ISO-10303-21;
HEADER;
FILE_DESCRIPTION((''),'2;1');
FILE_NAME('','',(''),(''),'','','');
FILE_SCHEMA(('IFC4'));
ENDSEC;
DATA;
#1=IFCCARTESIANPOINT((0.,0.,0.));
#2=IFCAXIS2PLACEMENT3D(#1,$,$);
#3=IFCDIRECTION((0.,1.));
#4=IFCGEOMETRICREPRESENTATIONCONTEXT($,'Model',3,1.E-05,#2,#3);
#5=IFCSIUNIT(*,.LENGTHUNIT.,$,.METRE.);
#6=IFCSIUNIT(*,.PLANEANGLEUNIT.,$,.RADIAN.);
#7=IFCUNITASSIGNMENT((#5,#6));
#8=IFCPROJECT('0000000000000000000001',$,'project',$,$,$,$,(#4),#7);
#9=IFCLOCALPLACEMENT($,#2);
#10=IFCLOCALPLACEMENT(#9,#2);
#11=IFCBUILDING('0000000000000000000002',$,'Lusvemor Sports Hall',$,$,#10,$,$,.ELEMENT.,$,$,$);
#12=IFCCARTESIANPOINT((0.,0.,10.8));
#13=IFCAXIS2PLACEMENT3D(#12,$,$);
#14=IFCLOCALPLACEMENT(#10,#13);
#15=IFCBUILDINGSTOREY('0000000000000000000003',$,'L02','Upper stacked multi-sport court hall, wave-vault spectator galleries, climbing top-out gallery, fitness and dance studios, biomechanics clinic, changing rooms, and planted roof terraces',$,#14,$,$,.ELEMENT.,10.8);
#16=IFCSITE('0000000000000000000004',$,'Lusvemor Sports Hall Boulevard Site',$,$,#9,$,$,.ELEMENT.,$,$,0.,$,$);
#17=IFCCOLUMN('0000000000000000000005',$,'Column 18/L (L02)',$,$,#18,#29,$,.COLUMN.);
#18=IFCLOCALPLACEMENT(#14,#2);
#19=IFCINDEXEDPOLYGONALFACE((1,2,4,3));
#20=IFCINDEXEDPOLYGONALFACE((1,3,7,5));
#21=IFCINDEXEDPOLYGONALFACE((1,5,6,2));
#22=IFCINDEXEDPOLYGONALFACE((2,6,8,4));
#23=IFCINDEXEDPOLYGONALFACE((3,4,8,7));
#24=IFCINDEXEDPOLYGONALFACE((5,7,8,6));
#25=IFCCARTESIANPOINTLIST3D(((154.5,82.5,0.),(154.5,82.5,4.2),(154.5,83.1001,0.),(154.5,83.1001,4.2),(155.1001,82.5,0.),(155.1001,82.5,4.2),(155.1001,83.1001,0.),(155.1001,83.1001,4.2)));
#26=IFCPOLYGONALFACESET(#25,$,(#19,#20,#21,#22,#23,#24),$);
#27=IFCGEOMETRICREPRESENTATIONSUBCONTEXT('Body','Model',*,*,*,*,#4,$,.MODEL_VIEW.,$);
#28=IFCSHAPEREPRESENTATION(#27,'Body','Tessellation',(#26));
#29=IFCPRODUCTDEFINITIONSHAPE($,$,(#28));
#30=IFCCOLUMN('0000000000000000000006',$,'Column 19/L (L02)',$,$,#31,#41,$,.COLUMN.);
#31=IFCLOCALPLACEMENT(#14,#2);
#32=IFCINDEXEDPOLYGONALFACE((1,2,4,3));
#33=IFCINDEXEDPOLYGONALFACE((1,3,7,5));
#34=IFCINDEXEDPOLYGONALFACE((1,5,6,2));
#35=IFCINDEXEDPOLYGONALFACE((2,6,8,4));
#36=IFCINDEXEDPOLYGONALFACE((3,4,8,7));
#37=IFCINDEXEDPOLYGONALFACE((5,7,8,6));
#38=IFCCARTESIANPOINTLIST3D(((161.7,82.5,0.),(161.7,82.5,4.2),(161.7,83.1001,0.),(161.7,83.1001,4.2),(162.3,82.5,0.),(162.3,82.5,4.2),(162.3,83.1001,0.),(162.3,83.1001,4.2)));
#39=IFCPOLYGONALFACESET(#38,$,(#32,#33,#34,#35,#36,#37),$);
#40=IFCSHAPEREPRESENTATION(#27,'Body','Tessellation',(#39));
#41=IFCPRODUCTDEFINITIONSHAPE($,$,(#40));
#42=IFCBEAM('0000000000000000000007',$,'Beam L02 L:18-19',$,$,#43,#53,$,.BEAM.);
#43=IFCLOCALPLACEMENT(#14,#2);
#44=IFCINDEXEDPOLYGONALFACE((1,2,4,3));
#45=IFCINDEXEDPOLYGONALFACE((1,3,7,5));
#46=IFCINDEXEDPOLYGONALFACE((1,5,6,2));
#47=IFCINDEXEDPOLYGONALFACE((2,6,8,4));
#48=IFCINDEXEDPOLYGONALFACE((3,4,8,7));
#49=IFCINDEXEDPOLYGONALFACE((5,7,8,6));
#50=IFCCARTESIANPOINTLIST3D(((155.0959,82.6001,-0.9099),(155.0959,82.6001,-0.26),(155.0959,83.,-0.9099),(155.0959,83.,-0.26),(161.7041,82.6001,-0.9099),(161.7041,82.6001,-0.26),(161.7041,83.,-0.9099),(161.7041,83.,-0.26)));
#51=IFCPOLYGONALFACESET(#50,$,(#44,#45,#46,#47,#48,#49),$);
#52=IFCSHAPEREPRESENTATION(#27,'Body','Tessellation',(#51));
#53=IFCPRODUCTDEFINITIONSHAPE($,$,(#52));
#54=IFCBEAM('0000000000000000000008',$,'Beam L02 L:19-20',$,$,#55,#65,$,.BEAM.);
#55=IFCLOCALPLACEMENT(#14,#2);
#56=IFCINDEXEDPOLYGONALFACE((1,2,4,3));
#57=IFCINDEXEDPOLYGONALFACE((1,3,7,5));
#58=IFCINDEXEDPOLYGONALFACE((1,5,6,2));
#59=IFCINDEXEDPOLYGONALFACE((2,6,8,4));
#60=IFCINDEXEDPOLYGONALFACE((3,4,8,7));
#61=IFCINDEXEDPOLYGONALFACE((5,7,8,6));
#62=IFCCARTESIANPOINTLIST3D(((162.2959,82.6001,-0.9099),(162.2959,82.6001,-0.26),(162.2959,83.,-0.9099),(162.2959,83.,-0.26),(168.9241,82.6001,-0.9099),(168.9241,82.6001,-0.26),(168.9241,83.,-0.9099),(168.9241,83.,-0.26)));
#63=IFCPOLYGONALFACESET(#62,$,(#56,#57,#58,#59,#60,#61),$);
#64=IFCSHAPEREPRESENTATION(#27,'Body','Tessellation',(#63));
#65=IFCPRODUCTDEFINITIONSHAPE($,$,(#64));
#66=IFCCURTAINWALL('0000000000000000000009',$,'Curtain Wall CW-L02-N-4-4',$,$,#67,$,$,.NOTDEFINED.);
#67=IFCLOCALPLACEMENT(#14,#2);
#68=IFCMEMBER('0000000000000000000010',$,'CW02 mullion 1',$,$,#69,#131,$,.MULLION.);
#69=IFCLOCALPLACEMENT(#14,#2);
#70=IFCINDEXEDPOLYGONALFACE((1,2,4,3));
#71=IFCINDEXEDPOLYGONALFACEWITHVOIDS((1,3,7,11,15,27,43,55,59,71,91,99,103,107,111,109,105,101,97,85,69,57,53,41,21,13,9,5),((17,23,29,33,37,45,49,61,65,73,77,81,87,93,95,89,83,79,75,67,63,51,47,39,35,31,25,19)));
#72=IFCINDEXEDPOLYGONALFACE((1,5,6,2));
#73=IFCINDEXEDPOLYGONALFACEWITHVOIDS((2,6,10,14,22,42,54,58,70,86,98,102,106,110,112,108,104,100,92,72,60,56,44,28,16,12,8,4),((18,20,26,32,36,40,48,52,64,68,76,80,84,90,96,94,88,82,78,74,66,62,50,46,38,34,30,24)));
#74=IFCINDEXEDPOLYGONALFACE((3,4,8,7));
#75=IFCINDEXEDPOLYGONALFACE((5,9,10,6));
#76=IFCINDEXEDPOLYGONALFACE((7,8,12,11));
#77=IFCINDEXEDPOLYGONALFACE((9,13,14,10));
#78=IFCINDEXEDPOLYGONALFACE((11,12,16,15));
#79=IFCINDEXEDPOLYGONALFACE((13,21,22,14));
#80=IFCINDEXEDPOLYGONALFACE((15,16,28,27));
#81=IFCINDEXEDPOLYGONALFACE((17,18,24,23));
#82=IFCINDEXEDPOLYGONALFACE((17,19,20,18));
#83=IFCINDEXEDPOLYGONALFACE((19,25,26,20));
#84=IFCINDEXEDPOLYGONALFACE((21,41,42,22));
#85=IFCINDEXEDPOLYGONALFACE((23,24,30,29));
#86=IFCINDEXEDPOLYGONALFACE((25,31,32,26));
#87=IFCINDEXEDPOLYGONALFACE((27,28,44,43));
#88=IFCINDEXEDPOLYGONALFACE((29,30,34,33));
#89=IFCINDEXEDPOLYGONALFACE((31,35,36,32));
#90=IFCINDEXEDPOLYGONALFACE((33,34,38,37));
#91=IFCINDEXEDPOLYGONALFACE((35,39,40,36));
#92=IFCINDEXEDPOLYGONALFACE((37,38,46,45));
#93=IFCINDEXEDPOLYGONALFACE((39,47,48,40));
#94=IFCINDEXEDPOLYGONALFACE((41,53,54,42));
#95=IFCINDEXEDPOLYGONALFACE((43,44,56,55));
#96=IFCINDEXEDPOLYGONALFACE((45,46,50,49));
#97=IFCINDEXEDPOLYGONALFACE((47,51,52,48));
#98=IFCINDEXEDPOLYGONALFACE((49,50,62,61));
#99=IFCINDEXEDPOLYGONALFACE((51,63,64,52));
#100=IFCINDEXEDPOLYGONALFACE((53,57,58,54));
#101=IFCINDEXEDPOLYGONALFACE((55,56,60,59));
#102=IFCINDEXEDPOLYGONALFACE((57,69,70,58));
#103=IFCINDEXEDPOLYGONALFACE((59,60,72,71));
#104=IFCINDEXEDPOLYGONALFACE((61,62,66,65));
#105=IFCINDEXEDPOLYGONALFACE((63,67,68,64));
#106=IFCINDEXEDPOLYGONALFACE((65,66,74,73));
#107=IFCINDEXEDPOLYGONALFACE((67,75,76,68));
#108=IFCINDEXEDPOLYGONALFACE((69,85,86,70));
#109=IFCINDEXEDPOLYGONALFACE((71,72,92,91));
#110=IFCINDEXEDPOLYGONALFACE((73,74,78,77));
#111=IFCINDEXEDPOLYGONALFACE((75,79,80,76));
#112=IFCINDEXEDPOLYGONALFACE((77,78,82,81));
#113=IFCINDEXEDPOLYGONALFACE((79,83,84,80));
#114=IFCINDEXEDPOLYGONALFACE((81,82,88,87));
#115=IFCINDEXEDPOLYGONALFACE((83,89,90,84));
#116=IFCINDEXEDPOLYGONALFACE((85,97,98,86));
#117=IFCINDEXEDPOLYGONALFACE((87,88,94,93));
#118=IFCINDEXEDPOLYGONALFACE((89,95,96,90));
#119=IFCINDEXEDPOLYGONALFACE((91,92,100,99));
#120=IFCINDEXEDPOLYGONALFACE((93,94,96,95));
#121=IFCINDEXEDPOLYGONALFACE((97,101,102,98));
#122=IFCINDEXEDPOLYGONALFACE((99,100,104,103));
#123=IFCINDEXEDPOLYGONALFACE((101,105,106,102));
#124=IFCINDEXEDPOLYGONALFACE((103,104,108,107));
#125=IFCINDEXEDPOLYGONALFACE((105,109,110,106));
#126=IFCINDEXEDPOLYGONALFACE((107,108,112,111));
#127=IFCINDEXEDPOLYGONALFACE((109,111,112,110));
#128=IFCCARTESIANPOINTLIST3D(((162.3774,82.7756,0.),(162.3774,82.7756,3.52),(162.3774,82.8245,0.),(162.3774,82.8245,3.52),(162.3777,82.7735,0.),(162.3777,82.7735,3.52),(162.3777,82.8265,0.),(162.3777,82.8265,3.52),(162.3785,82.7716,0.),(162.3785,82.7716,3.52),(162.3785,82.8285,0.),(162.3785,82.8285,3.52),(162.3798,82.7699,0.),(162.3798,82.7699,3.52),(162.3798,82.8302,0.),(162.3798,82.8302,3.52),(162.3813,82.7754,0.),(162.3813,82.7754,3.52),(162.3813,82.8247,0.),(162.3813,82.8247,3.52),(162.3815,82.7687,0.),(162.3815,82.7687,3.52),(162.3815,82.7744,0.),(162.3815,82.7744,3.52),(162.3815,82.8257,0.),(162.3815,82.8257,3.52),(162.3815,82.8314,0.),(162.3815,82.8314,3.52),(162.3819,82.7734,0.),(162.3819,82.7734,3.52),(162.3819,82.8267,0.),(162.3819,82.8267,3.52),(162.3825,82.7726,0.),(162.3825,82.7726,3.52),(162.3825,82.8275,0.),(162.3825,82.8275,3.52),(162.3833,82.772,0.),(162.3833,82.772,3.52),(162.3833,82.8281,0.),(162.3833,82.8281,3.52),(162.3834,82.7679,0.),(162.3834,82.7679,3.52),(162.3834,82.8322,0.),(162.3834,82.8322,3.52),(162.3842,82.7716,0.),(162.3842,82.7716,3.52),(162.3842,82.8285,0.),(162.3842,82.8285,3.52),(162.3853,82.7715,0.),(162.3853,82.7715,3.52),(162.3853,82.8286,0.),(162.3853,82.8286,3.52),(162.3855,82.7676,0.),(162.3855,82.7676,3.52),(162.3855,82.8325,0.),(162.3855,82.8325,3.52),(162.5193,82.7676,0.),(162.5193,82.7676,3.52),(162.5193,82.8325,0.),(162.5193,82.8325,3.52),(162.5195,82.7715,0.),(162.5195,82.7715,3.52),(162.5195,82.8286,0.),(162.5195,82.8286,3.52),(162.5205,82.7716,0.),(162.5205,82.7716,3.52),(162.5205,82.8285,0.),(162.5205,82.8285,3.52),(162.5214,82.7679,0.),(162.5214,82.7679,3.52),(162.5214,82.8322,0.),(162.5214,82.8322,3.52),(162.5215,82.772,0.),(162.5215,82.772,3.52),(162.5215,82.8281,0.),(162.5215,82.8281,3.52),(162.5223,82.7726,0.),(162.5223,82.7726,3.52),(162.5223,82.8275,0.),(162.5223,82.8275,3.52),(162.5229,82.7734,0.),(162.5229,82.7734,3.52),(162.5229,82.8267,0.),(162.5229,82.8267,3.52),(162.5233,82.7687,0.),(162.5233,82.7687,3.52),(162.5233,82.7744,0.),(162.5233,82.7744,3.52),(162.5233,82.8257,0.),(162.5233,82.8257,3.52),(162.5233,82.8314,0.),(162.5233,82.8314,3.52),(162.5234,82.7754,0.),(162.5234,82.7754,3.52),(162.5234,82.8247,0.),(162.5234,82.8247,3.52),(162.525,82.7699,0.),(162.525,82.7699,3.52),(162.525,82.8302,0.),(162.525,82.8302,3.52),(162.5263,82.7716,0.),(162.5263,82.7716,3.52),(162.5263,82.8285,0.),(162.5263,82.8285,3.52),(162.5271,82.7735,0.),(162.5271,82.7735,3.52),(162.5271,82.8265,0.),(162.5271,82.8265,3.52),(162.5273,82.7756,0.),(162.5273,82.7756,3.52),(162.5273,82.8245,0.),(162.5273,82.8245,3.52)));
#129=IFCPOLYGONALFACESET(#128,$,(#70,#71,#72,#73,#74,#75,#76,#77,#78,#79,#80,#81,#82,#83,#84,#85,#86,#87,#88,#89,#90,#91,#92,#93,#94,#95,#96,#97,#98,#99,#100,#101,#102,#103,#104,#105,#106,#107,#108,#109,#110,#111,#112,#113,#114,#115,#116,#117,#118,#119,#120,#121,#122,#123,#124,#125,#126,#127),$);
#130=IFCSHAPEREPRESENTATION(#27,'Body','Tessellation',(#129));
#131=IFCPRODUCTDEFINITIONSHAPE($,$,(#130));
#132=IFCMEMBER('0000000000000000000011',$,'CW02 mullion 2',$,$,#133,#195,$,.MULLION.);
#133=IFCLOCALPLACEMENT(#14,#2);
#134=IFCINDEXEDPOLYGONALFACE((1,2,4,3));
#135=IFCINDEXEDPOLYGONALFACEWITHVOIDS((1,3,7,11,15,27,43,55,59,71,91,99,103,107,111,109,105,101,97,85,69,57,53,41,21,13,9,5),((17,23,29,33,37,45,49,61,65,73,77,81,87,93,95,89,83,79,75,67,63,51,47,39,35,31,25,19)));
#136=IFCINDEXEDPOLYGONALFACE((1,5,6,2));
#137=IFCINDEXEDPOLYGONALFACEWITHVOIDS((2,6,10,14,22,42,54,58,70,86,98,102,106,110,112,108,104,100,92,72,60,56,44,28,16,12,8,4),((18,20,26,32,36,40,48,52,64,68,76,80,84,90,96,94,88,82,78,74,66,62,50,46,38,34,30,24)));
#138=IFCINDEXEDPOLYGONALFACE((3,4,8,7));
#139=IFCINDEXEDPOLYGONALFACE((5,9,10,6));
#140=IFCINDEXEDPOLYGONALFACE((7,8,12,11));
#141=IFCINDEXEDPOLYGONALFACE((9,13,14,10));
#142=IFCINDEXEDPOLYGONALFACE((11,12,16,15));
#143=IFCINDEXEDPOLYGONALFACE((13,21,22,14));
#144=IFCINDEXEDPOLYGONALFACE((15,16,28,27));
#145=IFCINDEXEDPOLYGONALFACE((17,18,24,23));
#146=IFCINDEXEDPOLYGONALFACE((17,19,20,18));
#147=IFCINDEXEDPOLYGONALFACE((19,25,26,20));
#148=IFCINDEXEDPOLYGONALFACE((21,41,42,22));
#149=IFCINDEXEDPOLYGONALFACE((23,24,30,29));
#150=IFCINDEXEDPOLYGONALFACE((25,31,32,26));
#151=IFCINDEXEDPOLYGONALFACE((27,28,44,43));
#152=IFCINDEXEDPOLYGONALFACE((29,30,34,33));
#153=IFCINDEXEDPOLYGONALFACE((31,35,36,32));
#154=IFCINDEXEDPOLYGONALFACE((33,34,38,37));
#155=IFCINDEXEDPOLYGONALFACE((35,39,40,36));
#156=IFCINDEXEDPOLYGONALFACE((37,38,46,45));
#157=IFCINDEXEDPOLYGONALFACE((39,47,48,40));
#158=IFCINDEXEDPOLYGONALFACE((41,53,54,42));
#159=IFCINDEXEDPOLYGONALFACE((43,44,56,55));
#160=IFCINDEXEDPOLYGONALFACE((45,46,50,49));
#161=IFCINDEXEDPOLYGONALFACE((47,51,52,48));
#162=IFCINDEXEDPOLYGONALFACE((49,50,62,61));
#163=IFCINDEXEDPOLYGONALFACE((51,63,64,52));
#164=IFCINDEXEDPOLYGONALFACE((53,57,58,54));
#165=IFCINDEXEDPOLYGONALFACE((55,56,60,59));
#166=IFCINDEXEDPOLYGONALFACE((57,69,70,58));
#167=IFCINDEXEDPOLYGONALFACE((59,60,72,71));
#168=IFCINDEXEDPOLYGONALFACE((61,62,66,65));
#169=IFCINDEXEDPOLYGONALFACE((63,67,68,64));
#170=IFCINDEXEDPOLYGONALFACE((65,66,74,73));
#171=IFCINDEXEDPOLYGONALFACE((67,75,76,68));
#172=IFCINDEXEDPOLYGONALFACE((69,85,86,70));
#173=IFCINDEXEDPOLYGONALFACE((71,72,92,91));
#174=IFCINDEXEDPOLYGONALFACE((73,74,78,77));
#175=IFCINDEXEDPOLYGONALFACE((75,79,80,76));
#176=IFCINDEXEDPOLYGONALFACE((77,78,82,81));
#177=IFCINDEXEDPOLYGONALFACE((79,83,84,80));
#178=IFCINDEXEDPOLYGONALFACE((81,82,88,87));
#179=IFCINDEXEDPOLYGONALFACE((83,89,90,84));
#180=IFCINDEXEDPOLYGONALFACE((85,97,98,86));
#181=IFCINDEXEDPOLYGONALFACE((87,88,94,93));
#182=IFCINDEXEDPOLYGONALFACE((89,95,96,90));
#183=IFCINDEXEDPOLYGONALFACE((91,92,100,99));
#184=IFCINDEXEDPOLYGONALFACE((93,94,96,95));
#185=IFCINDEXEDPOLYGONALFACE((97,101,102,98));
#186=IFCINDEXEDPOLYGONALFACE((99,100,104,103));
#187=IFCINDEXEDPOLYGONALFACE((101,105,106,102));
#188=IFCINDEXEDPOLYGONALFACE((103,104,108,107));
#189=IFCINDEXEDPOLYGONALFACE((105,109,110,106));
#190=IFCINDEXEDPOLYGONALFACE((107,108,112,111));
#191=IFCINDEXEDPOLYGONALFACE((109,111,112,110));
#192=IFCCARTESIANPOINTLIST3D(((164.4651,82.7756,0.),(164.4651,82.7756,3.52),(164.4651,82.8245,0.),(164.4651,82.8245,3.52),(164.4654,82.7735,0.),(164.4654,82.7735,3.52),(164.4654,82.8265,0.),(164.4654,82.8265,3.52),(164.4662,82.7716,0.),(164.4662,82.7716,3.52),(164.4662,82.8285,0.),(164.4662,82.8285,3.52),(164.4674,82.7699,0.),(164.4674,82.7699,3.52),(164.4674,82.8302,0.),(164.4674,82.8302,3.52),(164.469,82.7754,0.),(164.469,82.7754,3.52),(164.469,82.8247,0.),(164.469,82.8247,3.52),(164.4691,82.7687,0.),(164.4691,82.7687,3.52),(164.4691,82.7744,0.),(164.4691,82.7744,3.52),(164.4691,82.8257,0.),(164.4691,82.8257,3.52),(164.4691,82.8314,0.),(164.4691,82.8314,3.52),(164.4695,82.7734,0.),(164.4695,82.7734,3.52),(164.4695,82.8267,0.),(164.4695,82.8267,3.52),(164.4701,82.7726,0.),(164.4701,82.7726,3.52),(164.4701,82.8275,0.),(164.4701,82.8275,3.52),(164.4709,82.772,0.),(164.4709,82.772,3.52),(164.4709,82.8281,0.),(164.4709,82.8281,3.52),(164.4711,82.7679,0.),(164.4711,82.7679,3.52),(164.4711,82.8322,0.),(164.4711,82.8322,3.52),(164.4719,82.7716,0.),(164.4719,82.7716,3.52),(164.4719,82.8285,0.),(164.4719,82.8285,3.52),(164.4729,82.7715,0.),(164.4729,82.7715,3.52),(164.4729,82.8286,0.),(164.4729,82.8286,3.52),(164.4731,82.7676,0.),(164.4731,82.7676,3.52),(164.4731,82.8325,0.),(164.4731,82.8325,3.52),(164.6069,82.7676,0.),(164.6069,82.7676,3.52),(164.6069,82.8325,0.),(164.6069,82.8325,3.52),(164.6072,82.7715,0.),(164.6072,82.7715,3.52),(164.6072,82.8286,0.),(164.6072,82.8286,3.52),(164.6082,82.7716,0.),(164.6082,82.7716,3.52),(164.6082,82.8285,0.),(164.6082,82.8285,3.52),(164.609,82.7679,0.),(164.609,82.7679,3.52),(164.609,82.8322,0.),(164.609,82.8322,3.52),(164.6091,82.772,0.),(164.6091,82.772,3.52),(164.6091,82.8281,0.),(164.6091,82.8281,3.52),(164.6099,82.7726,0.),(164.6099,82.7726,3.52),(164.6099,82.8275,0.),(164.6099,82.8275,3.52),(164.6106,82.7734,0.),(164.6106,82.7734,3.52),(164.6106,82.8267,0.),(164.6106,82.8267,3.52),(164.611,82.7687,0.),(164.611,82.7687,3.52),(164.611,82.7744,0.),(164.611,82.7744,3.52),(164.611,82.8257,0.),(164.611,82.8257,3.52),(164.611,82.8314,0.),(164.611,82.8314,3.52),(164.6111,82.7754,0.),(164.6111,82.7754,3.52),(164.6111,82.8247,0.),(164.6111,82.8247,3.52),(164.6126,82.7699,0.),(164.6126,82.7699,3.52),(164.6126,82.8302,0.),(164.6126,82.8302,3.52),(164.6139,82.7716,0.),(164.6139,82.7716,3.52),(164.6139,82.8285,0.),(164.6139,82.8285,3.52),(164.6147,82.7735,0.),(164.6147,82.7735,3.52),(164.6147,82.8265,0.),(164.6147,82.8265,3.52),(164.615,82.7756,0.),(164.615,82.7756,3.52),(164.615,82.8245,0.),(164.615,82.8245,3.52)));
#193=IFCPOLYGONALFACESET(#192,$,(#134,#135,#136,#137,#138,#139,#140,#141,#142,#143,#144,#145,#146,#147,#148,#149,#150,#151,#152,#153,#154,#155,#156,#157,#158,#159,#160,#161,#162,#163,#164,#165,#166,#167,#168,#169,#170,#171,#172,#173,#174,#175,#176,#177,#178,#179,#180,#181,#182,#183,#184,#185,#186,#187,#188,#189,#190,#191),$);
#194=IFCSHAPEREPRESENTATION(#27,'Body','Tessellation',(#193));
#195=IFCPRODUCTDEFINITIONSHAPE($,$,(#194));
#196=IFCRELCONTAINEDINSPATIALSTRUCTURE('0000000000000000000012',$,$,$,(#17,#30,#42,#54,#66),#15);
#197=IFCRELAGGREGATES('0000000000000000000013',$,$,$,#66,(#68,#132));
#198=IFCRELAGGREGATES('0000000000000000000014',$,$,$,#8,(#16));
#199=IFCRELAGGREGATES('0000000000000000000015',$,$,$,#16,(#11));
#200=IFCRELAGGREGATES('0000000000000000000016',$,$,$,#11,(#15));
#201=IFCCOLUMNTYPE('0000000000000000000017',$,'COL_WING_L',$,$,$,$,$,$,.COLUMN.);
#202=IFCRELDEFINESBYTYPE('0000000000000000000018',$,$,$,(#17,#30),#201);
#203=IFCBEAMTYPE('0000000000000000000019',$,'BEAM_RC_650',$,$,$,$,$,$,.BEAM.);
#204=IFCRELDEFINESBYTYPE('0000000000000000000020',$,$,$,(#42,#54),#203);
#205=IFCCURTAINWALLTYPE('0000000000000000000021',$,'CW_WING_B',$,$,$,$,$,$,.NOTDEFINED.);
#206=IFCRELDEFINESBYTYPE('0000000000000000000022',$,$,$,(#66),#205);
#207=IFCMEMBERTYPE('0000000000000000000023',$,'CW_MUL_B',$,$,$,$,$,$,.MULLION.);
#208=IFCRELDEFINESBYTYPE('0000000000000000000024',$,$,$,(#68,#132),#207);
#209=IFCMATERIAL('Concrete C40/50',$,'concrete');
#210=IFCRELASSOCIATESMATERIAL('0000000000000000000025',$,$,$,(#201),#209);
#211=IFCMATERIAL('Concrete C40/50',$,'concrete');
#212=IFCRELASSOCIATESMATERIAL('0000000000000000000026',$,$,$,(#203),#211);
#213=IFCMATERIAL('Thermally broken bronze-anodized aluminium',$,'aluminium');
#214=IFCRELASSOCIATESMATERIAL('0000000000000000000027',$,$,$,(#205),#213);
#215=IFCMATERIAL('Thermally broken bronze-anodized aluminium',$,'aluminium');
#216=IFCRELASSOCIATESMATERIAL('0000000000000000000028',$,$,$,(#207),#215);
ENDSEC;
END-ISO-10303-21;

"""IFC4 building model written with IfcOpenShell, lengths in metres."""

from ifc_helpers import new_model, si_unit, direction, frame, origin, origin_2d, place, context, subcontext, project, spatial, rectangle, hollow_rectangle, extrude, material, material_profile, profile_set, type_object, element, aggregate, save


model = new_model("IFC4")

# Units and contexts
model_context = context("Model", 3, precision=1e-05, world=origin(), true_north=direction((0.0, 1.0)))
body_context = subcontext(model_context, "Body", "Model", "MODEL_VIEW")
ifc_project = project(units=[si_unit("LENGTHUNIT", "METRE"), si_unit("PLANEANGLEUNIT", "RADIAN")], contexts=[model_context])

# Site, building, storey
site_placement = place(None, origin())
site = spatial("IfcSite", under=ifc_project, at=site_placement, Name="Lusvemor Sports Hall Boulevard Site", CompositionType="ELEMENT", RefElevation=0.0)
building_placement = place(site_placement, origin())
building = spatial("IfcBuilding", under=site, at=building_placement, Name="Lusvemor Sports Hall", CompositionType="ELEMENT")
storey_placement = place(building_placement, frame((0.0, 0.0, 10.8)))
storey = spatial("IfcBuildingStorey", under=building, at=storey_placement, Name="L02", Description="Upper stacked multi-sport court hall, wave-vault spectator galleries, climbing top-out gallery, fitness and dance studios, biomechanics clinic, changing rooms, and planted roof terraces", CompositionType="ELEMENT", Elevation=10.8)

# Columns
ifc_material_1 = material(Name="Concrete C40/50", Category="concrete")
ifc_material_profile_1 = material_profile(ifc_material_1, rectangle(XDim=0.6001, YDim=0.6001, at=origin_2d()), Name="RC600x600")
ifc_profile_set_1 = profile_set([ifc_material_profile_1], Name="Concrete C40/50")
column_type = type_object("IfcColumnType", Name="COL_WING_L", PredefinedType="COLUMN", material=ifc_profile_set_1)
for number, where, z_axis, x_axis, name in (
    (1, (154.8, 82.8, 0.0), (0.0, 0.0, 1.0), (1.0, 0.0, 0.0), "Column 18/L (L02)"),
    (2, (162.0, 82.8, 0.0), (0.0, 0.0, 1.0), (1.0, 0.0, 0.0), "Column 19/L (L02)"),
):
    element("IfcColumn", number, at=place(storey_placement, frame(where, z_axis=z_axis, x_axis=x_axis)), inside=storey, type_object=column_type, Name=name, PredefinedType="COLUMN", context=body_context, shape_type="SweptSolid", body=[
        extrude(rectangle(XDim=0.6001, YDim=0.6001, at=origin_2d()), origin(), (0.0, 0.0, 1.0), 4.2),
    ])

# Beams
ifc_material_2 = material(Name="Concrete C40/50", Category="concrete")
ifc_material_profile_2 = material_profile(ifc_material_2, rectangle(XDim=0.3999, YDim=0.6499, at=origin_2d()), Name="RC400x650")
ifc_profile_set_2 = profile_set([ifc_material_profile_2], Name="Concrete C40/50")
beam_type = type_object("IfcBeamType", Name="BEAM_RC_650", PredefinedType="BEAM", material=ifc_profile_set_2)
beam_1_placement = place(storey_placement, frame((155.0959, 82.8, -0.585), z_axis=(1.0, 0.0, 0.0), x_axis=(0.0, 1.0, 0.0)))
element("IfcBeam", 3, at=beam_1_placement, inside=storey, type_object=beam_type, Name="Beam L02 L:18-19", PredefinedType="BEAM", context=body_context, shape_type="SweptSolid", body=[
    extrude(rectangle(XDim=0.3999, YDim=0.6499, at=origin_2d()), origin(), (0.0, 0.0, 1.0), 6.6082),
])
beam_2_placement = place(storey_placement, frame((162.2959, 82.8, -0.585), z_axis=(1.0, 0.0, 0.0), x_axis=(0.0, 1.0, 0.0)))
element("IfcBeam", 4, at=beam_2_placement, inside=storey, type_object=beam_type, Name="Beam L02 L:19-20", PredefinedType="BEAM", context=body_context, shape_type="SweptSolid", body=[
    extrude(rectangle(XDim=0.3999, YDim=0.6499, at=origin_2d()), origin(), (0.0, 0.0, 1.0), 6.6282),
])

# Curtain wall, members
ifc_material_3 = material(Name="Thermally broken bronze-anodized aluminium", Category="aluminium")
curtain_wall_type = type_object("IfcCurtainWallType", Name="CW_WING_B", PredefinedType="NOTDEFINED", material=ifc_material_3)
curtain_wall_placement = place(storey_placement, origin())
curtain_wall = element("IfcCurtainWall", 5, at=curtain_wall_placement, inside=storey, type_object=curtain_wall_type, Name="Curtain Wall CW-L02-N-4-4", PredefinedType="NOTDEFINED")
ifc_material_4 = material(Name="Thermally broken bronze-anodized aluminium", Category="aluminium")
ifc_material_profile_3 = material_profile(ifc_material_4, hollow_rectangle(XDim=0.0649, YDim=0.1499, WallThickness=0.0039, InnerFilletRadius=0.0039, OuterFilletRadius=0.0081, at=origin_2d()), Name="CWMUL150x65x4")
ifc_profile_set_3 = profile_set([ifc_material_profile_3], Name="Thermally broken bronze-anodized aluminium")
member_type_1 = type_object("IfcMemberType", Name="CW_MUL_B", PredefinedType="MULLION", material=ifc_profile_set_3)
member_1_placement = place(storey_placement, frame((162.4524, 82.8, 0.0), z_axis=(0.0, 0.0, 1.0), x_axis=(0.0, 1.0, 0.0)))
member_1 = element("IfcMember", 6, at=member_1_placement, type_object=member_type_1, Name="CW02 mullion 1", PredefinedType="MULLION", context=body_context, shape_type="SweptSolid", body=[
    extrude(hollow_rectangle(XDim=0.0649, YDim=0.1499, WallThickness=0.0039, InnerFilletRadius=0.0039, OuterFilletRadius=0.0081, at=origin_2d()), origin(), (0.0, 0.0, 1.0), 3.52),
])
member_2_placement = place(storey_placement, frame((164.54, 82.8, 0.0), z_axis=(0.0, 0.0, 1.0), x_axis=(0.0, 1.0, 0.0)))
member_2 = element("IfcMember", 7, at=member_2_placement, type_object=member_type_1, Name="CW02 mullion 2", PredefinedType="MULLION", context=body_context, shape_type="SweptSolid", body=[
    extrude(hollow_rectangle(XDim=0.0649, YDim=0.1499, WallThickness=0.0039, InnerFilletRadius=0.0039, OuterFilletRadius=0.0081, at=origin_2d()), origin(), (0.0, 0.0, 1.0), 3.52),
])
aggregate(curtain_wall, [member_1, member_2])

save(model, "model.ifc")
